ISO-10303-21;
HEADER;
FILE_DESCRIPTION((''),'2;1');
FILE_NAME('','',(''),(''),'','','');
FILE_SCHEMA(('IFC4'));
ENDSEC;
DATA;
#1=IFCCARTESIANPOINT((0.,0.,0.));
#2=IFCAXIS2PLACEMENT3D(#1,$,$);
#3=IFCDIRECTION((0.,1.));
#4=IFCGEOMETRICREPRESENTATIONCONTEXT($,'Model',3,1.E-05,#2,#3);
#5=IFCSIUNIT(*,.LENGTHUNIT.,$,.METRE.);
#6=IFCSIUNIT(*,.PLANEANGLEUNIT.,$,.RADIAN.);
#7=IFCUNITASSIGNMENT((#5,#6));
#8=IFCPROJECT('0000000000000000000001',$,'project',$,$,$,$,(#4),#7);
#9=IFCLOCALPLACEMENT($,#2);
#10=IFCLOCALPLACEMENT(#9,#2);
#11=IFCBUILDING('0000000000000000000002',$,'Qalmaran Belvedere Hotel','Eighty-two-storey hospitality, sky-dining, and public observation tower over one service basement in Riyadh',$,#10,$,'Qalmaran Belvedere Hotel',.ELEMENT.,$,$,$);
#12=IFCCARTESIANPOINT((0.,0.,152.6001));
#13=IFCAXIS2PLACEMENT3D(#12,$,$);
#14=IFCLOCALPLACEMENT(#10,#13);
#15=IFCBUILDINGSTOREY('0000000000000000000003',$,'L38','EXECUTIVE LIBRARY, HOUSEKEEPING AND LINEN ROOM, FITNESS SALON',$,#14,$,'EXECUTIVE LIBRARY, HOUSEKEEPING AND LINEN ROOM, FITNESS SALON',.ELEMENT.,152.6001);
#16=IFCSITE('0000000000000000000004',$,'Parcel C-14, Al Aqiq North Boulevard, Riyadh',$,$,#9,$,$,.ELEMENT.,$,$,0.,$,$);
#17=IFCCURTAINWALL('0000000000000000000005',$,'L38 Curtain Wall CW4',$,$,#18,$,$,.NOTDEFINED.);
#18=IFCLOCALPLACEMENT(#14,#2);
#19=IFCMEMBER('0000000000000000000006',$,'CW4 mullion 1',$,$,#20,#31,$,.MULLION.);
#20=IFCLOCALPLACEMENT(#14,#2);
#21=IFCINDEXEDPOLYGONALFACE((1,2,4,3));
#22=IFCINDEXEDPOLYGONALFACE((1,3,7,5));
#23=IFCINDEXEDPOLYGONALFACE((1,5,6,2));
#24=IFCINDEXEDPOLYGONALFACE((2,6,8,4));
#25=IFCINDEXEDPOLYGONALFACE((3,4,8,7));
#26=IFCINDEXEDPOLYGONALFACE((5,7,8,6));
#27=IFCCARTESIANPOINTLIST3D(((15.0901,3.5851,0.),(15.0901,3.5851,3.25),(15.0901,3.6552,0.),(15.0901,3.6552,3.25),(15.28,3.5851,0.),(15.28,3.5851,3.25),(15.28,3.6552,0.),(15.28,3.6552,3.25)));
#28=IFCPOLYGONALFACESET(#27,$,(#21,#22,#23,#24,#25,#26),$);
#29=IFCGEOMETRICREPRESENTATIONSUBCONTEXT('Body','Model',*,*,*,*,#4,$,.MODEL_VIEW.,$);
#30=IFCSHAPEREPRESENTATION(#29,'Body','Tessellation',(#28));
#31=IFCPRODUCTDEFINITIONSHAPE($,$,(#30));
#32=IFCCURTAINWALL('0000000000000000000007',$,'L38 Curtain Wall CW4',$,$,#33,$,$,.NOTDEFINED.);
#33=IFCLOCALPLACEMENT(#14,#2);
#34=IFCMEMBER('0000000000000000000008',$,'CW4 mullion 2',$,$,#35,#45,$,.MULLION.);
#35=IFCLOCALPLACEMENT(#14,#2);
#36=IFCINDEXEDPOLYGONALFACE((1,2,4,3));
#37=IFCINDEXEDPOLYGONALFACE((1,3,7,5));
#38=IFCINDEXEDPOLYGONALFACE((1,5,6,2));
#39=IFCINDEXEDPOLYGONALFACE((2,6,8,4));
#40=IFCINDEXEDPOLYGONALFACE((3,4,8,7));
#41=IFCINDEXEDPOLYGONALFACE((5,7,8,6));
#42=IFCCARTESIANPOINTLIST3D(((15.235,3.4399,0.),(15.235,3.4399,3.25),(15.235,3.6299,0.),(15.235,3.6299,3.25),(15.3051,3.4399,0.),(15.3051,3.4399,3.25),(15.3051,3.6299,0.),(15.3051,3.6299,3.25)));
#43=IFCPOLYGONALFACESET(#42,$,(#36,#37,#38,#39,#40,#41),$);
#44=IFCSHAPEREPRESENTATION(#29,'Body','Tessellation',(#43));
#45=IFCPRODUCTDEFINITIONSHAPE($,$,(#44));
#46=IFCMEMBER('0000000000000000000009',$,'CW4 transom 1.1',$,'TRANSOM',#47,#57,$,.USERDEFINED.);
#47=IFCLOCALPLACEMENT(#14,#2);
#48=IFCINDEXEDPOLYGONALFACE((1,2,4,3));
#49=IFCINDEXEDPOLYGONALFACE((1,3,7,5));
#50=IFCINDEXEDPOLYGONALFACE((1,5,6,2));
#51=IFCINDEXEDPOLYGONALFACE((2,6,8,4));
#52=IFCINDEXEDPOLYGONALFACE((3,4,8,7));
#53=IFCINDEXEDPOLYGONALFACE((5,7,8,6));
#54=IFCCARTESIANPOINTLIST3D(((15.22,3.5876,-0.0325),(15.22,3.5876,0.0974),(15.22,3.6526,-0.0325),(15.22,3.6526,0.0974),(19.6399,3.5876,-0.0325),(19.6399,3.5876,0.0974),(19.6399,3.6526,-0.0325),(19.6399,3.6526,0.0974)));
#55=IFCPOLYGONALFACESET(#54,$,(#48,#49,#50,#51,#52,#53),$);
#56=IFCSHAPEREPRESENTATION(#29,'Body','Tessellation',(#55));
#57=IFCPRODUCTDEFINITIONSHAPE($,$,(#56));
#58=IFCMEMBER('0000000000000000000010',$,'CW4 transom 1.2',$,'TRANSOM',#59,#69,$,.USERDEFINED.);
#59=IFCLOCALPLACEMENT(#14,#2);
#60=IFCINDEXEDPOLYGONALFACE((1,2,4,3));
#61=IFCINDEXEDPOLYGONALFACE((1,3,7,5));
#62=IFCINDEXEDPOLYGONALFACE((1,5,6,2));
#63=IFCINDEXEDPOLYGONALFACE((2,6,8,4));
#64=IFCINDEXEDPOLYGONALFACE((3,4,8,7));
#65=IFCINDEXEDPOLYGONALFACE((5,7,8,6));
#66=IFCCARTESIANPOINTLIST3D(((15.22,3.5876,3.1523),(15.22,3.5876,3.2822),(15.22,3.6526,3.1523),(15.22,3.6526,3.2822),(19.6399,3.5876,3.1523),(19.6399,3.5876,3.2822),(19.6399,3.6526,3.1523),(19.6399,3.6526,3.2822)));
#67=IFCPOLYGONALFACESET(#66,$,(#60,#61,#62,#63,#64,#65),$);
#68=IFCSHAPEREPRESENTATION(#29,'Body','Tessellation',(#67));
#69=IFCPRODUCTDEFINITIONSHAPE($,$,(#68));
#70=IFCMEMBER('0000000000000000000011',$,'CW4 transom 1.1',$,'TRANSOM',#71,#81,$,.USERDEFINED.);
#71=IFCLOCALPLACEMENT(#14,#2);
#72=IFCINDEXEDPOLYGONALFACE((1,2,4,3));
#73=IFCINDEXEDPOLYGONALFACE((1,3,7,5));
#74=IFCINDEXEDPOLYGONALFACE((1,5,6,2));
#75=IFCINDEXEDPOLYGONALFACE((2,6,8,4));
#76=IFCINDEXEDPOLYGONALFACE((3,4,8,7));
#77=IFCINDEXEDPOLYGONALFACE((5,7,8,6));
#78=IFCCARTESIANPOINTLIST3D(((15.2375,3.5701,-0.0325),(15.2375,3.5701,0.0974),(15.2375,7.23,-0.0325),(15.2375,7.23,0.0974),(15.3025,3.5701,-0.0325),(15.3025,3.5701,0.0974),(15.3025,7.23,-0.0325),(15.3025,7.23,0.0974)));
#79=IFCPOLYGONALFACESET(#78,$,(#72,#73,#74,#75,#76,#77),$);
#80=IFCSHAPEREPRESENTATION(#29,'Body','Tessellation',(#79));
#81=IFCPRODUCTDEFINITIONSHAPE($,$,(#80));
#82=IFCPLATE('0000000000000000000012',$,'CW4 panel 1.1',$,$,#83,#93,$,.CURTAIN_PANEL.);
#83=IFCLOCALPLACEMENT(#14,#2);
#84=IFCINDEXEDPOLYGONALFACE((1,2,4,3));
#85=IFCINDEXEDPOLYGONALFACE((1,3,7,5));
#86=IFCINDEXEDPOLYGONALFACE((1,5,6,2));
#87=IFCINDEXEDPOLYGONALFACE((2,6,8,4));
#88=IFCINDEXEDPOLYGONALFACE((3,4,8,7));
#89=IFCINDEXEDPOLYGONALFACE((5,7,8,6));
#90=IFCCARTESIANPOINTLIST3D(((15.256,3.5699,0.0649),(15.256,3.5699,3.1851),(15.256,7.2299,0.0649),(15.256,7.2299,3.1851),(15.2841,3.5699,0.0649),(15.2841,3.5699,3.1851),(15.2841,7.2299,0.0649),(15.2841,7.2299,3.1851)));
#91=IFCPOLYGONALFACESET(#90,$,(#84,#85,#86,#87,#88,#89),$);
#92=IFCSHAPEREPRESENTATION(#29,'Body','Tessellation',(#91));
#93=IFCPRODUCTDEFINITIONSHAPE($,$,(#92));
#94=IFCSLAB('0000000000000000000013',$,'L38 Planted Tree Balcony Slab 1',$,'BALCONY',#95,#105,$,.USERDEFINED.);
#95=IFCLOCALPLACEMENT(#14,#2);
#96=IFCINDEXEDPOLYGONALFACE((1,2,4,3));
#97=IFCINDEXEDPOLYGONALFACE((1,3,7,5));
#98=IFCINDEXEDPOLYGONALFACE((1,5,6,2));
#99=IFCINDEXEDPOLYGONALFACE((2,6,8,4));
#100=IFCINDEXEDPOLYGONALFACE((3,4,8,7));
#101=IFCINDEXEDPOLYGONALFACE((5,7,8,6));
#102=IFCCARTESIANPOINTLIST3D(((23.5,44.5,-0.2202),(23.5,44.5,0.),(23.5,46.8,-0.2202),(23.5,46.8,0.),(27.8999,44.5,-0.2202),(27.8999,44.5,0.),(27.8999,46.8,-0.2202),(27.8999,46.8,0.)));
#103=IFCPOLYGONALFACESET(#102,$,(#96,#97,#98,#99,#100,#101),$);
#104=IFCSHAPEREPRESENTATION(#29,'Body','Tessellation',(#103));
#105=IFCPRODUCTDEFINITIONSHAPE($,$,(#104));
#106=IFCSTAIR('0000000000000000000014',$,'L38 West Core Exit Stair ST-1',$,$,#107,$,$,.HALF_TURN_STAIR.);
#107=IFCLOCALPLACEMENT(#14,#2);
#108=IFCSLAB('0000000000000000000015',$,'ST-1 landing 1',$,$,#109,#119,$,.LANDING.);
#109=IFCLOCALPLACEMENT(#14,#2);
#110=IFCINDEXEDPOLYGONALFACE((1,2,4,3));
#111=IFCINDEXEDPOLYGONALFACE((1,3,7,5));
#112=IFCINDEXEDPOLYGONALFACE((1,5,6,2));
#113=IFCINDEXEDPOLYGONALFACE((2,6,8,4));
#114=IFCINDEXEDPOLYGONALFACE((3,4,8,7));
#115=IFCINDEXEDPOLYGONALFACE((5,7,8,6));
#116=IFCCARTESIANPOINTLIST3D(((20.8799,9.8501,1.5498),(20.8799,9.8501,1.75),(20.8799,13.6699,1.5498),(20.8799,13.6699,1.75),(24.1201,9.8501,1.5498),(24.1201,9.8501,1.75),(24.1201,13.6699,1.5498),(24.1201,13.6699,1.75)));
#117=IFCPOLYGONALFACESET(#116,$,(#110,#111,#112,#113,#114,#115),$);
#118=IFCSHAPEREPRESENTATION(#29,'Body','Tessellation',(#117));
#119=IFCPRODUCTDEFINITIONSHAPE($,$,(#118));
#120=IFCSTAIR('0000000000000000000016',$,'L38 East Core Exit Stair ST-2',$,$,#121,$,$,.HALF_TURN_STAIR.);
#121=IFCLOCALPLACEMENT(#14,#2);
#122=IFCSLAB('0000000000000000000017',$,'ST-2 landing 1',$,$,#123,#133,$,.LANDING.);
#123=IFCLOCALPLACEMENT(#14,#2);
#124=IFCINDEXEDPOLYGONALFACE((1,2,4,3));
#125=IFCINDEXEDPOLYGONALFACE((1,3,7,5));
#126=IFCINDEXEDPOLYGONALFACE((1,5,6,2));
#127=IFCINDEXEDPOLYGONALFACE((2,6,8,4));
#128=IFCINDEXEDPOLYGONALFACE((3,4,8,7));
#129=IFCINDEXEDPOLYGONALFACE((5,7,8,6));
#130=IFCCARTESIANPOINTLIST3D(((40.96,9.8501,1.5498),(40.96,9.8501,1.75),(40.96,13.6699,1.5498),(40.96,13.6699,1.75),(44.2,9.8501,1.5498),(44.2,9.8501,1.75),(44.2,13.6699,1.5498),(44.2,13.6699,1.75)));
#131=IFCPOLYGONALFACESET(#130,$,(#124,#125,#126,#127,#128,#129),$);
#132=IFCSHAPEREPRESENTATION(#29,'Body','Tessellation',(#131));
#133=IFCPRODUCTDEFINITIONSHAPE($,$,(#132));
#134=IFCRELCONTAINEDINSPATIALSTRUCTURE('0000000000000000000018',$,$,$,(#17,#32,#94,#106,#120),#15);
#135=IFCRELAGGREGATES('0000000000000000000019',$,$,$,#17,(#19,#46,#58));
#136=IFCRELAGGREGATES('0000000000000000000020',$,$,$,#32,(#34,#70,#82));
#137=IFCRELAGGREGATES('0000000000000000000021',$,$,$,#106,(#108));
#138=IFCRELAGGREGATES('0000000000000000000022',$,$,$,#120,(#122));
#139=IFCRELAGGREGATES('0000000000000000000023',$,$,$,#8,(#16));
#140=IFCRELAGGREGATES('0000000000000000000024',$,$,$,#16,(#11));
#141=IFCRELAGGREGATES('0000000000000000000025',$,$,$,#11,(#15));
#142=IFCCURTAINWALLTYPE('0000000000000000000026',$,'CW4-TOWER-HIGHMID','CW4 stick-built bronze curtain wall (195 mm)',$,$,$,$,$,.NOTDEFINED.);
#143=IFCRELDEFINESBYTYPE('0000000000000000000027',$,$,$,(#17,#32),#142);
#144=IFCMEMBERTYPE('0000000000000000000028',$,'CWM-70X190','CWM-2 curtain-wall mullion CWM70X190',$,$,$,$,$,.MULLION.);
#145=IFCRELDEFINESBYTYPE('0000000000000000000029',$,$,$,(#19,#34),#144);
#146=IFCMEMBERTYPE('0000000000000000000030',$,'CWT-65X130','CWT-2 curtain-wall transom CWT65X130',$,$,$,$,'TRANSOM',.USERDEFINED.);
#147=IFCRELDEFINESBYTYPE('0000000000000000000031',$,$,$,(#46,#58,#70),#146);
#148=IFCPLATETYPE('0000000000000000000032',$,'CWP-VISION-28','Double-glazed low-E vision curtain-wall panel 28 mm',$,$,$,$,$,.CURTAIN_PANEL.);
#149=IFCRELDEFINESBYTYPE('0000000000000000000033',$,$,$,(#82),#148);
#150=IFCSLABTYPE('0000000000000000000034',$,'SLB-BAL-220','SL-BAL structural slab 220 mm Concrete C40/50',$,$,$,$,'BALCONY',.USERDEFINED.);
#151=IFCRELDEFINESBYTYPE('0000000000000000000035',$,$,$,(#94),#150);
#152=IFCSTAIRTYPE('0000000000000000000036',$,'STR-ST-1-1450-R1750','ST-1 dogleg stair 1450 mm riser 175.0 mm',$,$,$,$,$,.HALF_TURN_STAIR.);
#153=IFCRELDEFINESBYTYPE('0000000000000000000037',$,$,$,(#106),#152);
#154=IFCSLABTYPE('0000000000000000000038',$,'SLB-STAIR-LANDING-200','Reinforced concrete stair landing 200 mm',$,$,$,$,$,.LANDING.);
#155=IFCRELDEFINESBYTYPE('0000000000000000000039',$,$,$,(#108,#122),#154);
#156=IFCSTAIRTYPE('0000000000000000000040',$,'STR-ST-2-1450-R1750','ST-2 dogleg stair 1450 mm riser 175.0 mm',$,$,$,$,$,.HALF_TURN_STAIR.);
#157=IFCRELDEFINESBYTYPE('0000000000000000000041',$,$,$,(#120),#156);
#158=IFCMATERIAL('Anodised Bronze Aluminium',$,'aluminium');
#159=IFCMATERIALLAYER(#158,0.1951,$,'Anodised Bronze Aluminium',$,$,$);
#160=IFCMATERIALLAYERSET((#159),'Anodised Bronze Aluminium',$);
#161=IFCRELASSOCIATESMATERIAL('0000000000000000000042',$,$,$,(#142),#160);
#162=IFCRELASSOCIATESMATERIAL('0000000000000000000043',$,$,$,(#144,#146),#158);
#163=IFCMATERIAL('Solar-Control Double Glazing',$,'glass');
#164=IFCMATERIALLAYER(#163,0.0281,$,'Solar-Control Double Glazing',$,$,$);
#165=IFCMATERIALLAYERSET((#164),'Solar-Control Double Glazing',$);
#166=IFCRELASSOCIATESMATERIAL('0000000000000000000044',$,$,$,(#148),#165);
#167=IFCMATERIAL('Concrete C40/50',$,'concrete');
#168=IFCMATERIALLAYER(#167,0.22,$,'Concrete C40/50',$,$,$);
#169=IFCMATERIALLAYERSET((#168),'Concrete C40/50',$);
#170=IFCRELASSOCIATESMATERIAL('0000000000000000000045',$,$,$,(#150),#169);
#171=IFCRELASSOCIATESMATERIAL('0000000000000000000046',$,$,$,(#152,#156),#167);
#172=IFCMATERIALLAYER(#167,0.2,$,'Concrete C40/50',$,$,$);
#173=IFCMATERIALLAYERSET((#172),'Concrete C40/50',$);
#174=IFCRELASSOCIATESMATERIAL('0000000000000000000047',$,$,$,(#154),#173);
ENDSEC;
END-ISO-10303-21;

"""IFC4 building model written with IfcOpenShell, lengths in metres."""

from ifc_helpers import new_model, si_unit, direction, frame, origin, origin_2d, place, context, subcontext, project, spatial, polyline, rectangle, outline, extrude, material, layer, layer_set, material_profile, profile_set, type_object, element, aggregate, save


model = new_model("IFC4")

# Units and contexts
model_context = context("Model", 3, precision=1e-05, world=origin(), true_north=direction((0.0, 1.0)))
body_context = subcontext(model_context, "Body", "Model", "MODEL_VIEW")
ifc_project = project(units=[si_unit("LENGTHUNIT", "METRE"), si_unit("PLANEANGLEUNIT", "RADIAN")], contexts=[model_context])

# Site, building, storey
site_placement = place(None, origin())
site = spatial("IfcSite", under=ifc_project, at=site_placement, Name="Parcel C-14, Al Aqiq North Boulevard, Riyadh", CompositionType="ELEMENT", RefElevation=0.0)
building_placement = place(site_placement, origin())
building = spatial("IfcBuilding", under=site, at=building_placement, Name="Qalmaran Belvedere Hotel", Description="Eighty-two-storey hospitality, sky-dining, and public observation tower over one service basement in Riyadh", LongName="Qalmaran Belvedere Hotel", CompositionType="ELEMENT")
storey_placement = place(building_placement, frame((0.0, 0.0, 152.6001)))
storey = spatial("IfcBuildingStorey", under=building, at=storey_placement, Name="L38", Description="EXECUTIVE LIBRARY, HOUSEKEEPING AND LINEN ROOM, FITNESS SALON", LongName="EXECUTIVE LIBRARY, HOUSEKEEPING AND LINEN ROOM, FITNESS SALON", CompositionType="ELEMENT", Elevation=152.6001)

# Curtain walls, members
ifc_material_1 = material(Name="Anodised Bronze Aluminium", Category="aluminium")
ifc_layer_1 = layer(ifc_material_1, 0.1951, Name="Anodised Bronze Aluminium")
ifc_layer_set_1 = layer_set([ifc_layer_1], Name="Anodised Bronze Aluminium")
curtain_wall_type = type_object("IfcCurtainWallType", Name="CW4-TOWER-HIGHMID", Description="CW4 stick-built bronze curtain wall (195 mm)", PredefinedType="NOTDEFINED", material=ifc_layer_set_1)
curtain_wall_1_placement = place(storey_placement, origin())
curtain_wall_1 = element("IfcCurtainWall", 1, at=curtain_wall_1_placement, inside=storey, type_object=curtain_wall_type, Name="L38 Curtain Wall CW4", PredefinedType="NOTDEFINED")
ifc_material_profile_1 = material_profile(ifc_material_1, rectangle(XDim=0.0701, YDim=0.1899, at=origin_2d()), Name="CWM70X190")
ifc_profile_set_1 = profile_set([ifc_material_profile_1], Name="Anodised Bronze Aluminium")
member_type_1 = type_object("IfcMemberType", Name="CWM-70X190", Description="CWM-2 curtain-wall mullion CWM70X190", PredefinedType="MULLION", material=ifc_profile_set_1)
member_1_placement = place(storey_placement, frame((15.1851, 3.6201, 0.0), z_axis=(0.0, 0.0, 1.0), x_axis=(0.0, 1.0, 0.0)))
member_1 = element("IfcMember", 2, at=member_1_placement, type_object=member_type_1, Name="CW4 mullion 1", PredefinedType="MULLION", context=body_context, shape_type="SweptSolid", body=[
    extrude(rectangle(XDim=0.0701, YDim=0.1899, at=origin_2d()), origin(), (0.0, 0.0, 1.0), 3.25),
])
curtain_wall_2_placement = place(storey_placement, origin())
curtain_wall_2 = element("IfcCurtainWall", 3, at=curtain_wall_2_placement, inside=storey, type_object=curtain_wall_type, Name="L38 Curtain Wall CW4", PredefinedType="NOTDEFINED")
member_2_placement = place(storey_placement, frame((15.27, 3.5349, 0.0), z_axis=(0.0, 0.0, 1.0), x_axis=(1.0, 0.0, 0.0)))
member_2 = element("IfcMember", 4, at=member_2_placement, type_object=member_type_1, Name="CW4 mullion 2", PredefinedType="MULLION", context=body_context, shape_type="SweptSolid", body=[
    extrude(rectangle(XDim=0.0701, YDim=0.1899, at=origin_2d()), origin(), (0.0, 0.0, 1.0), 3.25),
])

# Members
ifc_material_profile_2 = material_profile(ifc_material_1, rectangle(XDim=0.0649, YDim=0.1299, at=origin_2d()), Name="CWT65X130")
ifc_profile_set_2 = profile_set([ifc_material_profile_2], Name="Anodised Bronze Aluminium")
member_type_2 = type_object("IfcMemberType", Name="CWT-65X130", Description="CWT-2 curtain-wall transom CWT65X130", ElementType="TRANSOM", PredefinedType="USERDEFINED", material=ifc_profile_set_2)
member_3_placement = place(storey_placement, frame((15.22, 3.6201, 0.0325), z_axis=(1.0, 0.0, 0.0), x_axis=(0.0, 1.0, 0.0)))
member_3 = element("IfcMember", 5, at=member_3_placement, type_object=member_type_2, Name="CW4 transom 1.1", ObjectType="TRANSOM", PredefinedType="USERDEFINED", context=body_context, shape_type="SweptSolid", body=[
    extrude(rectangle(XDim=0.0649, YDim=0.1299, at=origin_2d()), origin(), (0.0, 0.0, 1.0), 4.4199),
])
member_4_placement = place(storey_placement, frame((15.22, 3.6201, 3.2173), z_axis=(1.0, 0.0, 0.0), x_axis=(0.0, 1.0, 0.0)))
member_4 = element("IfcMember", 6, at=member_4_placement, type_object=member_type_2, Name="CW4 transom 1.2", ObjectType="TRANSOM", PredefinedType="USERDEFINED", context=body_context, shape_type="SweptSolid", body=[
    extrude(rectangle(XDim=0.0649, YDim=0.1299, at=origin_2d()), origin(), (0.0, 0.0, 1.0), 4.4199),
])
aggregate(curtain_wall_1, [member_1, member_3, member_4])
member_5_placement = place(storey_placement, frame((15.27, 7.23, 0.0325), z_axis=(0.0, -1.0, 0.0), x_axis=(1.0, 0.0, 0.0)))
member_5 = element("IfcMember", 7, at=member_5_placement, type_object=member_type_2, Name="CW4 transom 1.1", ObjectType="TRANSOM", PredefinedType="USERDEFINED", context=body_context, shape_type="SweptSolid", body=[
    extrude(rectangle(XDim=0.0649, YDim=0.1299, at=origin_2d()), origin(), (0.0, 0.0, 1.0), 3.6599),
])

# Plate
ifc_material_2 = material(Name="Solar-Control Double Glazing", Category="glass")
ifc_layer_2 = layer(ifc_material_2, 0.0281, Name="Solar-Control Double Glazing")
ifc_layer_set_2 = layer_set([ifc_layer_2], Name="Solar-Control Double Glazing")
plate_type = type_object("IfcPlateType", Name="CWP-VISION-28", Description="Double-glazed low-E vision curtain-wall panel 28 mm", PredefinedType="CURTAIN_PANEL", material=ifc_layer_set_2)
plate_placement = place(storey_placement, frame((15.27, 5.3999, 0.0649), z_axis=(0.0, 0.0, 1.0), x_axis=(0.0, -1.0, 0.0)))
plate = element("IfcPlate", 8, at=plate_placement, type_object=plate_type, Name="CW4 panel 1.1", PredefinedType="CURTAIN_PANEL", context=body_context, shape_type="SweptSolid", body=[
    extrude(rectangle(XDim=3.6599, YDim=0.0281, at=origin_2d()), origin(), (0.0, 0.0, 1.0), 3.1201),
])
aggregate(curtain_wall_2, [member_2, member_5, plate])

# Slab
ifc_material_3 = material(Name="Concrete C40/50", Category="concrete")
ifc_layer_3 = layer(ifc_material_3, 0.22, Name="Concrete C40/50")
ifc_layer_set_3 = layer_set([ifc_layer_3], Name="Concrete C40/50")
slab_type_1 = type_object("IfcSlabType", Name="SLB-BAL-220", Description="SL-BAL structural slab 220 mm Concrete C40/50", ElementType="BALCONY", PredefinedType="USERDEFINED", material=ifc_layer_set_3)
slab_1_placement = place(storey_placement, frame((0.0, 0.0, -0.2202)))
element("IfcSlab", 9, at=slab_1_placement, inside=storey, type_object=slab_type_1, Name="L38 Planted Tree Balcony Slab 1", ObjectType="BALCONY", PredefinedType="USERDEFINED", context=body_context, shape_type="SweptSolid", body=[
    extrude(outline(polyline([(23.5, 44.5), (27.8999, 44.5), (27.8999, 46.8), (23.5, 46.8), (23.5, 44.5)])), origin(), (0.0, 0.0, 1.0), 0.2202),
])

# Stairs, slabs
stair_type_1 = type_object("IfcStairType", Name="STR-ST-1-1450-R1750", Description="ST-1 dogleg stair 1450 mm riser 175.0 mm", PredefinedType="HALF_TURN_STAIR", material=ifc_material_3)
stair_1_placement = place(storey_placement, origin())
stair_1 = element("IfcStair", 10, at=stair_1_placement, inside=storey, type_object=stair_type_1, Name="L38 West Core Exit Stair ST-1", PredefinedType="HALF_TURN_STAIR")
ifc_layer_4 = layer(ifc_material_3, 0.2, Name="Concrete C40/50")
ifc_layer_set_4 = layer_set([ifc_layer_4], Name="Concrete C40/50")
slab_type_2 = type_object("IfcSlabType", Name="SLB-STAIR-LANDING-200", Description="Reinforced concrete stair landing 200 mm", PredefinedType="LANDING", material=ifc_layer_set_4)
slab_2_placement = place(storey_placement, frame((0.0, 0.0, 1.5498)))
slab_2 = element("IfcSlab", 11, at=slab_2_placement, type_object=slab_type_2, Name="ST-1 landing 1", PredefinedType="LANDING", context=body_context, shape_type="SweptSolid", body=[
    extrude(outline(polyline([(20.8799, 13.6699), (20.8799, 9.8501), (24.1201, 9.8501), (24.1201, 13.6699), (20.8799, 13.6699)])), origin(), (0.0, 0.0, 1.0), 0.2002),
])
aggregate(stair_1, [slab_2])
stair_type_2 = type_object("IfcStairType", Name="STR-ST-2-1450-R1750", Description="ST-2 dogleg stair 1450 mm riser 175.0 mm", PredefinedType="HALF_TURN_STAIR", material=ifc_material_3)
stair_2_placement = place(storey_placement, origin())
stair_2 = element("IfcStair", 12, at=stair_2_placement, inside=storey, type_object=stair_type_2, Name="L38 East Core Exit Stair ST-2", PredefinedType="HALF_TURN_STAIR")
slab_3_placement = place(storey_placement, frame((0.0, 0.0, 1.5498)))
slab_3 = element("IfcSlab", 13, at=slab_3_placement, type_object=slab_type_2, Name="ST-2 landing 1", PredefinedType="LANDING", context=body_context, shape_type="SweptSolid", body=[
    extrude(outline(polyline([(40.96, 13.6699), (40.96, 9.8501), (44.2, 9.8501), (44.2, 13.6699), (40.96, 13.6699)])), origin(), (0.0, 0.0, 1.0), 0.2002),
])
aggregate(stair_2, [slab_3])

save(model, "model.ifc")
